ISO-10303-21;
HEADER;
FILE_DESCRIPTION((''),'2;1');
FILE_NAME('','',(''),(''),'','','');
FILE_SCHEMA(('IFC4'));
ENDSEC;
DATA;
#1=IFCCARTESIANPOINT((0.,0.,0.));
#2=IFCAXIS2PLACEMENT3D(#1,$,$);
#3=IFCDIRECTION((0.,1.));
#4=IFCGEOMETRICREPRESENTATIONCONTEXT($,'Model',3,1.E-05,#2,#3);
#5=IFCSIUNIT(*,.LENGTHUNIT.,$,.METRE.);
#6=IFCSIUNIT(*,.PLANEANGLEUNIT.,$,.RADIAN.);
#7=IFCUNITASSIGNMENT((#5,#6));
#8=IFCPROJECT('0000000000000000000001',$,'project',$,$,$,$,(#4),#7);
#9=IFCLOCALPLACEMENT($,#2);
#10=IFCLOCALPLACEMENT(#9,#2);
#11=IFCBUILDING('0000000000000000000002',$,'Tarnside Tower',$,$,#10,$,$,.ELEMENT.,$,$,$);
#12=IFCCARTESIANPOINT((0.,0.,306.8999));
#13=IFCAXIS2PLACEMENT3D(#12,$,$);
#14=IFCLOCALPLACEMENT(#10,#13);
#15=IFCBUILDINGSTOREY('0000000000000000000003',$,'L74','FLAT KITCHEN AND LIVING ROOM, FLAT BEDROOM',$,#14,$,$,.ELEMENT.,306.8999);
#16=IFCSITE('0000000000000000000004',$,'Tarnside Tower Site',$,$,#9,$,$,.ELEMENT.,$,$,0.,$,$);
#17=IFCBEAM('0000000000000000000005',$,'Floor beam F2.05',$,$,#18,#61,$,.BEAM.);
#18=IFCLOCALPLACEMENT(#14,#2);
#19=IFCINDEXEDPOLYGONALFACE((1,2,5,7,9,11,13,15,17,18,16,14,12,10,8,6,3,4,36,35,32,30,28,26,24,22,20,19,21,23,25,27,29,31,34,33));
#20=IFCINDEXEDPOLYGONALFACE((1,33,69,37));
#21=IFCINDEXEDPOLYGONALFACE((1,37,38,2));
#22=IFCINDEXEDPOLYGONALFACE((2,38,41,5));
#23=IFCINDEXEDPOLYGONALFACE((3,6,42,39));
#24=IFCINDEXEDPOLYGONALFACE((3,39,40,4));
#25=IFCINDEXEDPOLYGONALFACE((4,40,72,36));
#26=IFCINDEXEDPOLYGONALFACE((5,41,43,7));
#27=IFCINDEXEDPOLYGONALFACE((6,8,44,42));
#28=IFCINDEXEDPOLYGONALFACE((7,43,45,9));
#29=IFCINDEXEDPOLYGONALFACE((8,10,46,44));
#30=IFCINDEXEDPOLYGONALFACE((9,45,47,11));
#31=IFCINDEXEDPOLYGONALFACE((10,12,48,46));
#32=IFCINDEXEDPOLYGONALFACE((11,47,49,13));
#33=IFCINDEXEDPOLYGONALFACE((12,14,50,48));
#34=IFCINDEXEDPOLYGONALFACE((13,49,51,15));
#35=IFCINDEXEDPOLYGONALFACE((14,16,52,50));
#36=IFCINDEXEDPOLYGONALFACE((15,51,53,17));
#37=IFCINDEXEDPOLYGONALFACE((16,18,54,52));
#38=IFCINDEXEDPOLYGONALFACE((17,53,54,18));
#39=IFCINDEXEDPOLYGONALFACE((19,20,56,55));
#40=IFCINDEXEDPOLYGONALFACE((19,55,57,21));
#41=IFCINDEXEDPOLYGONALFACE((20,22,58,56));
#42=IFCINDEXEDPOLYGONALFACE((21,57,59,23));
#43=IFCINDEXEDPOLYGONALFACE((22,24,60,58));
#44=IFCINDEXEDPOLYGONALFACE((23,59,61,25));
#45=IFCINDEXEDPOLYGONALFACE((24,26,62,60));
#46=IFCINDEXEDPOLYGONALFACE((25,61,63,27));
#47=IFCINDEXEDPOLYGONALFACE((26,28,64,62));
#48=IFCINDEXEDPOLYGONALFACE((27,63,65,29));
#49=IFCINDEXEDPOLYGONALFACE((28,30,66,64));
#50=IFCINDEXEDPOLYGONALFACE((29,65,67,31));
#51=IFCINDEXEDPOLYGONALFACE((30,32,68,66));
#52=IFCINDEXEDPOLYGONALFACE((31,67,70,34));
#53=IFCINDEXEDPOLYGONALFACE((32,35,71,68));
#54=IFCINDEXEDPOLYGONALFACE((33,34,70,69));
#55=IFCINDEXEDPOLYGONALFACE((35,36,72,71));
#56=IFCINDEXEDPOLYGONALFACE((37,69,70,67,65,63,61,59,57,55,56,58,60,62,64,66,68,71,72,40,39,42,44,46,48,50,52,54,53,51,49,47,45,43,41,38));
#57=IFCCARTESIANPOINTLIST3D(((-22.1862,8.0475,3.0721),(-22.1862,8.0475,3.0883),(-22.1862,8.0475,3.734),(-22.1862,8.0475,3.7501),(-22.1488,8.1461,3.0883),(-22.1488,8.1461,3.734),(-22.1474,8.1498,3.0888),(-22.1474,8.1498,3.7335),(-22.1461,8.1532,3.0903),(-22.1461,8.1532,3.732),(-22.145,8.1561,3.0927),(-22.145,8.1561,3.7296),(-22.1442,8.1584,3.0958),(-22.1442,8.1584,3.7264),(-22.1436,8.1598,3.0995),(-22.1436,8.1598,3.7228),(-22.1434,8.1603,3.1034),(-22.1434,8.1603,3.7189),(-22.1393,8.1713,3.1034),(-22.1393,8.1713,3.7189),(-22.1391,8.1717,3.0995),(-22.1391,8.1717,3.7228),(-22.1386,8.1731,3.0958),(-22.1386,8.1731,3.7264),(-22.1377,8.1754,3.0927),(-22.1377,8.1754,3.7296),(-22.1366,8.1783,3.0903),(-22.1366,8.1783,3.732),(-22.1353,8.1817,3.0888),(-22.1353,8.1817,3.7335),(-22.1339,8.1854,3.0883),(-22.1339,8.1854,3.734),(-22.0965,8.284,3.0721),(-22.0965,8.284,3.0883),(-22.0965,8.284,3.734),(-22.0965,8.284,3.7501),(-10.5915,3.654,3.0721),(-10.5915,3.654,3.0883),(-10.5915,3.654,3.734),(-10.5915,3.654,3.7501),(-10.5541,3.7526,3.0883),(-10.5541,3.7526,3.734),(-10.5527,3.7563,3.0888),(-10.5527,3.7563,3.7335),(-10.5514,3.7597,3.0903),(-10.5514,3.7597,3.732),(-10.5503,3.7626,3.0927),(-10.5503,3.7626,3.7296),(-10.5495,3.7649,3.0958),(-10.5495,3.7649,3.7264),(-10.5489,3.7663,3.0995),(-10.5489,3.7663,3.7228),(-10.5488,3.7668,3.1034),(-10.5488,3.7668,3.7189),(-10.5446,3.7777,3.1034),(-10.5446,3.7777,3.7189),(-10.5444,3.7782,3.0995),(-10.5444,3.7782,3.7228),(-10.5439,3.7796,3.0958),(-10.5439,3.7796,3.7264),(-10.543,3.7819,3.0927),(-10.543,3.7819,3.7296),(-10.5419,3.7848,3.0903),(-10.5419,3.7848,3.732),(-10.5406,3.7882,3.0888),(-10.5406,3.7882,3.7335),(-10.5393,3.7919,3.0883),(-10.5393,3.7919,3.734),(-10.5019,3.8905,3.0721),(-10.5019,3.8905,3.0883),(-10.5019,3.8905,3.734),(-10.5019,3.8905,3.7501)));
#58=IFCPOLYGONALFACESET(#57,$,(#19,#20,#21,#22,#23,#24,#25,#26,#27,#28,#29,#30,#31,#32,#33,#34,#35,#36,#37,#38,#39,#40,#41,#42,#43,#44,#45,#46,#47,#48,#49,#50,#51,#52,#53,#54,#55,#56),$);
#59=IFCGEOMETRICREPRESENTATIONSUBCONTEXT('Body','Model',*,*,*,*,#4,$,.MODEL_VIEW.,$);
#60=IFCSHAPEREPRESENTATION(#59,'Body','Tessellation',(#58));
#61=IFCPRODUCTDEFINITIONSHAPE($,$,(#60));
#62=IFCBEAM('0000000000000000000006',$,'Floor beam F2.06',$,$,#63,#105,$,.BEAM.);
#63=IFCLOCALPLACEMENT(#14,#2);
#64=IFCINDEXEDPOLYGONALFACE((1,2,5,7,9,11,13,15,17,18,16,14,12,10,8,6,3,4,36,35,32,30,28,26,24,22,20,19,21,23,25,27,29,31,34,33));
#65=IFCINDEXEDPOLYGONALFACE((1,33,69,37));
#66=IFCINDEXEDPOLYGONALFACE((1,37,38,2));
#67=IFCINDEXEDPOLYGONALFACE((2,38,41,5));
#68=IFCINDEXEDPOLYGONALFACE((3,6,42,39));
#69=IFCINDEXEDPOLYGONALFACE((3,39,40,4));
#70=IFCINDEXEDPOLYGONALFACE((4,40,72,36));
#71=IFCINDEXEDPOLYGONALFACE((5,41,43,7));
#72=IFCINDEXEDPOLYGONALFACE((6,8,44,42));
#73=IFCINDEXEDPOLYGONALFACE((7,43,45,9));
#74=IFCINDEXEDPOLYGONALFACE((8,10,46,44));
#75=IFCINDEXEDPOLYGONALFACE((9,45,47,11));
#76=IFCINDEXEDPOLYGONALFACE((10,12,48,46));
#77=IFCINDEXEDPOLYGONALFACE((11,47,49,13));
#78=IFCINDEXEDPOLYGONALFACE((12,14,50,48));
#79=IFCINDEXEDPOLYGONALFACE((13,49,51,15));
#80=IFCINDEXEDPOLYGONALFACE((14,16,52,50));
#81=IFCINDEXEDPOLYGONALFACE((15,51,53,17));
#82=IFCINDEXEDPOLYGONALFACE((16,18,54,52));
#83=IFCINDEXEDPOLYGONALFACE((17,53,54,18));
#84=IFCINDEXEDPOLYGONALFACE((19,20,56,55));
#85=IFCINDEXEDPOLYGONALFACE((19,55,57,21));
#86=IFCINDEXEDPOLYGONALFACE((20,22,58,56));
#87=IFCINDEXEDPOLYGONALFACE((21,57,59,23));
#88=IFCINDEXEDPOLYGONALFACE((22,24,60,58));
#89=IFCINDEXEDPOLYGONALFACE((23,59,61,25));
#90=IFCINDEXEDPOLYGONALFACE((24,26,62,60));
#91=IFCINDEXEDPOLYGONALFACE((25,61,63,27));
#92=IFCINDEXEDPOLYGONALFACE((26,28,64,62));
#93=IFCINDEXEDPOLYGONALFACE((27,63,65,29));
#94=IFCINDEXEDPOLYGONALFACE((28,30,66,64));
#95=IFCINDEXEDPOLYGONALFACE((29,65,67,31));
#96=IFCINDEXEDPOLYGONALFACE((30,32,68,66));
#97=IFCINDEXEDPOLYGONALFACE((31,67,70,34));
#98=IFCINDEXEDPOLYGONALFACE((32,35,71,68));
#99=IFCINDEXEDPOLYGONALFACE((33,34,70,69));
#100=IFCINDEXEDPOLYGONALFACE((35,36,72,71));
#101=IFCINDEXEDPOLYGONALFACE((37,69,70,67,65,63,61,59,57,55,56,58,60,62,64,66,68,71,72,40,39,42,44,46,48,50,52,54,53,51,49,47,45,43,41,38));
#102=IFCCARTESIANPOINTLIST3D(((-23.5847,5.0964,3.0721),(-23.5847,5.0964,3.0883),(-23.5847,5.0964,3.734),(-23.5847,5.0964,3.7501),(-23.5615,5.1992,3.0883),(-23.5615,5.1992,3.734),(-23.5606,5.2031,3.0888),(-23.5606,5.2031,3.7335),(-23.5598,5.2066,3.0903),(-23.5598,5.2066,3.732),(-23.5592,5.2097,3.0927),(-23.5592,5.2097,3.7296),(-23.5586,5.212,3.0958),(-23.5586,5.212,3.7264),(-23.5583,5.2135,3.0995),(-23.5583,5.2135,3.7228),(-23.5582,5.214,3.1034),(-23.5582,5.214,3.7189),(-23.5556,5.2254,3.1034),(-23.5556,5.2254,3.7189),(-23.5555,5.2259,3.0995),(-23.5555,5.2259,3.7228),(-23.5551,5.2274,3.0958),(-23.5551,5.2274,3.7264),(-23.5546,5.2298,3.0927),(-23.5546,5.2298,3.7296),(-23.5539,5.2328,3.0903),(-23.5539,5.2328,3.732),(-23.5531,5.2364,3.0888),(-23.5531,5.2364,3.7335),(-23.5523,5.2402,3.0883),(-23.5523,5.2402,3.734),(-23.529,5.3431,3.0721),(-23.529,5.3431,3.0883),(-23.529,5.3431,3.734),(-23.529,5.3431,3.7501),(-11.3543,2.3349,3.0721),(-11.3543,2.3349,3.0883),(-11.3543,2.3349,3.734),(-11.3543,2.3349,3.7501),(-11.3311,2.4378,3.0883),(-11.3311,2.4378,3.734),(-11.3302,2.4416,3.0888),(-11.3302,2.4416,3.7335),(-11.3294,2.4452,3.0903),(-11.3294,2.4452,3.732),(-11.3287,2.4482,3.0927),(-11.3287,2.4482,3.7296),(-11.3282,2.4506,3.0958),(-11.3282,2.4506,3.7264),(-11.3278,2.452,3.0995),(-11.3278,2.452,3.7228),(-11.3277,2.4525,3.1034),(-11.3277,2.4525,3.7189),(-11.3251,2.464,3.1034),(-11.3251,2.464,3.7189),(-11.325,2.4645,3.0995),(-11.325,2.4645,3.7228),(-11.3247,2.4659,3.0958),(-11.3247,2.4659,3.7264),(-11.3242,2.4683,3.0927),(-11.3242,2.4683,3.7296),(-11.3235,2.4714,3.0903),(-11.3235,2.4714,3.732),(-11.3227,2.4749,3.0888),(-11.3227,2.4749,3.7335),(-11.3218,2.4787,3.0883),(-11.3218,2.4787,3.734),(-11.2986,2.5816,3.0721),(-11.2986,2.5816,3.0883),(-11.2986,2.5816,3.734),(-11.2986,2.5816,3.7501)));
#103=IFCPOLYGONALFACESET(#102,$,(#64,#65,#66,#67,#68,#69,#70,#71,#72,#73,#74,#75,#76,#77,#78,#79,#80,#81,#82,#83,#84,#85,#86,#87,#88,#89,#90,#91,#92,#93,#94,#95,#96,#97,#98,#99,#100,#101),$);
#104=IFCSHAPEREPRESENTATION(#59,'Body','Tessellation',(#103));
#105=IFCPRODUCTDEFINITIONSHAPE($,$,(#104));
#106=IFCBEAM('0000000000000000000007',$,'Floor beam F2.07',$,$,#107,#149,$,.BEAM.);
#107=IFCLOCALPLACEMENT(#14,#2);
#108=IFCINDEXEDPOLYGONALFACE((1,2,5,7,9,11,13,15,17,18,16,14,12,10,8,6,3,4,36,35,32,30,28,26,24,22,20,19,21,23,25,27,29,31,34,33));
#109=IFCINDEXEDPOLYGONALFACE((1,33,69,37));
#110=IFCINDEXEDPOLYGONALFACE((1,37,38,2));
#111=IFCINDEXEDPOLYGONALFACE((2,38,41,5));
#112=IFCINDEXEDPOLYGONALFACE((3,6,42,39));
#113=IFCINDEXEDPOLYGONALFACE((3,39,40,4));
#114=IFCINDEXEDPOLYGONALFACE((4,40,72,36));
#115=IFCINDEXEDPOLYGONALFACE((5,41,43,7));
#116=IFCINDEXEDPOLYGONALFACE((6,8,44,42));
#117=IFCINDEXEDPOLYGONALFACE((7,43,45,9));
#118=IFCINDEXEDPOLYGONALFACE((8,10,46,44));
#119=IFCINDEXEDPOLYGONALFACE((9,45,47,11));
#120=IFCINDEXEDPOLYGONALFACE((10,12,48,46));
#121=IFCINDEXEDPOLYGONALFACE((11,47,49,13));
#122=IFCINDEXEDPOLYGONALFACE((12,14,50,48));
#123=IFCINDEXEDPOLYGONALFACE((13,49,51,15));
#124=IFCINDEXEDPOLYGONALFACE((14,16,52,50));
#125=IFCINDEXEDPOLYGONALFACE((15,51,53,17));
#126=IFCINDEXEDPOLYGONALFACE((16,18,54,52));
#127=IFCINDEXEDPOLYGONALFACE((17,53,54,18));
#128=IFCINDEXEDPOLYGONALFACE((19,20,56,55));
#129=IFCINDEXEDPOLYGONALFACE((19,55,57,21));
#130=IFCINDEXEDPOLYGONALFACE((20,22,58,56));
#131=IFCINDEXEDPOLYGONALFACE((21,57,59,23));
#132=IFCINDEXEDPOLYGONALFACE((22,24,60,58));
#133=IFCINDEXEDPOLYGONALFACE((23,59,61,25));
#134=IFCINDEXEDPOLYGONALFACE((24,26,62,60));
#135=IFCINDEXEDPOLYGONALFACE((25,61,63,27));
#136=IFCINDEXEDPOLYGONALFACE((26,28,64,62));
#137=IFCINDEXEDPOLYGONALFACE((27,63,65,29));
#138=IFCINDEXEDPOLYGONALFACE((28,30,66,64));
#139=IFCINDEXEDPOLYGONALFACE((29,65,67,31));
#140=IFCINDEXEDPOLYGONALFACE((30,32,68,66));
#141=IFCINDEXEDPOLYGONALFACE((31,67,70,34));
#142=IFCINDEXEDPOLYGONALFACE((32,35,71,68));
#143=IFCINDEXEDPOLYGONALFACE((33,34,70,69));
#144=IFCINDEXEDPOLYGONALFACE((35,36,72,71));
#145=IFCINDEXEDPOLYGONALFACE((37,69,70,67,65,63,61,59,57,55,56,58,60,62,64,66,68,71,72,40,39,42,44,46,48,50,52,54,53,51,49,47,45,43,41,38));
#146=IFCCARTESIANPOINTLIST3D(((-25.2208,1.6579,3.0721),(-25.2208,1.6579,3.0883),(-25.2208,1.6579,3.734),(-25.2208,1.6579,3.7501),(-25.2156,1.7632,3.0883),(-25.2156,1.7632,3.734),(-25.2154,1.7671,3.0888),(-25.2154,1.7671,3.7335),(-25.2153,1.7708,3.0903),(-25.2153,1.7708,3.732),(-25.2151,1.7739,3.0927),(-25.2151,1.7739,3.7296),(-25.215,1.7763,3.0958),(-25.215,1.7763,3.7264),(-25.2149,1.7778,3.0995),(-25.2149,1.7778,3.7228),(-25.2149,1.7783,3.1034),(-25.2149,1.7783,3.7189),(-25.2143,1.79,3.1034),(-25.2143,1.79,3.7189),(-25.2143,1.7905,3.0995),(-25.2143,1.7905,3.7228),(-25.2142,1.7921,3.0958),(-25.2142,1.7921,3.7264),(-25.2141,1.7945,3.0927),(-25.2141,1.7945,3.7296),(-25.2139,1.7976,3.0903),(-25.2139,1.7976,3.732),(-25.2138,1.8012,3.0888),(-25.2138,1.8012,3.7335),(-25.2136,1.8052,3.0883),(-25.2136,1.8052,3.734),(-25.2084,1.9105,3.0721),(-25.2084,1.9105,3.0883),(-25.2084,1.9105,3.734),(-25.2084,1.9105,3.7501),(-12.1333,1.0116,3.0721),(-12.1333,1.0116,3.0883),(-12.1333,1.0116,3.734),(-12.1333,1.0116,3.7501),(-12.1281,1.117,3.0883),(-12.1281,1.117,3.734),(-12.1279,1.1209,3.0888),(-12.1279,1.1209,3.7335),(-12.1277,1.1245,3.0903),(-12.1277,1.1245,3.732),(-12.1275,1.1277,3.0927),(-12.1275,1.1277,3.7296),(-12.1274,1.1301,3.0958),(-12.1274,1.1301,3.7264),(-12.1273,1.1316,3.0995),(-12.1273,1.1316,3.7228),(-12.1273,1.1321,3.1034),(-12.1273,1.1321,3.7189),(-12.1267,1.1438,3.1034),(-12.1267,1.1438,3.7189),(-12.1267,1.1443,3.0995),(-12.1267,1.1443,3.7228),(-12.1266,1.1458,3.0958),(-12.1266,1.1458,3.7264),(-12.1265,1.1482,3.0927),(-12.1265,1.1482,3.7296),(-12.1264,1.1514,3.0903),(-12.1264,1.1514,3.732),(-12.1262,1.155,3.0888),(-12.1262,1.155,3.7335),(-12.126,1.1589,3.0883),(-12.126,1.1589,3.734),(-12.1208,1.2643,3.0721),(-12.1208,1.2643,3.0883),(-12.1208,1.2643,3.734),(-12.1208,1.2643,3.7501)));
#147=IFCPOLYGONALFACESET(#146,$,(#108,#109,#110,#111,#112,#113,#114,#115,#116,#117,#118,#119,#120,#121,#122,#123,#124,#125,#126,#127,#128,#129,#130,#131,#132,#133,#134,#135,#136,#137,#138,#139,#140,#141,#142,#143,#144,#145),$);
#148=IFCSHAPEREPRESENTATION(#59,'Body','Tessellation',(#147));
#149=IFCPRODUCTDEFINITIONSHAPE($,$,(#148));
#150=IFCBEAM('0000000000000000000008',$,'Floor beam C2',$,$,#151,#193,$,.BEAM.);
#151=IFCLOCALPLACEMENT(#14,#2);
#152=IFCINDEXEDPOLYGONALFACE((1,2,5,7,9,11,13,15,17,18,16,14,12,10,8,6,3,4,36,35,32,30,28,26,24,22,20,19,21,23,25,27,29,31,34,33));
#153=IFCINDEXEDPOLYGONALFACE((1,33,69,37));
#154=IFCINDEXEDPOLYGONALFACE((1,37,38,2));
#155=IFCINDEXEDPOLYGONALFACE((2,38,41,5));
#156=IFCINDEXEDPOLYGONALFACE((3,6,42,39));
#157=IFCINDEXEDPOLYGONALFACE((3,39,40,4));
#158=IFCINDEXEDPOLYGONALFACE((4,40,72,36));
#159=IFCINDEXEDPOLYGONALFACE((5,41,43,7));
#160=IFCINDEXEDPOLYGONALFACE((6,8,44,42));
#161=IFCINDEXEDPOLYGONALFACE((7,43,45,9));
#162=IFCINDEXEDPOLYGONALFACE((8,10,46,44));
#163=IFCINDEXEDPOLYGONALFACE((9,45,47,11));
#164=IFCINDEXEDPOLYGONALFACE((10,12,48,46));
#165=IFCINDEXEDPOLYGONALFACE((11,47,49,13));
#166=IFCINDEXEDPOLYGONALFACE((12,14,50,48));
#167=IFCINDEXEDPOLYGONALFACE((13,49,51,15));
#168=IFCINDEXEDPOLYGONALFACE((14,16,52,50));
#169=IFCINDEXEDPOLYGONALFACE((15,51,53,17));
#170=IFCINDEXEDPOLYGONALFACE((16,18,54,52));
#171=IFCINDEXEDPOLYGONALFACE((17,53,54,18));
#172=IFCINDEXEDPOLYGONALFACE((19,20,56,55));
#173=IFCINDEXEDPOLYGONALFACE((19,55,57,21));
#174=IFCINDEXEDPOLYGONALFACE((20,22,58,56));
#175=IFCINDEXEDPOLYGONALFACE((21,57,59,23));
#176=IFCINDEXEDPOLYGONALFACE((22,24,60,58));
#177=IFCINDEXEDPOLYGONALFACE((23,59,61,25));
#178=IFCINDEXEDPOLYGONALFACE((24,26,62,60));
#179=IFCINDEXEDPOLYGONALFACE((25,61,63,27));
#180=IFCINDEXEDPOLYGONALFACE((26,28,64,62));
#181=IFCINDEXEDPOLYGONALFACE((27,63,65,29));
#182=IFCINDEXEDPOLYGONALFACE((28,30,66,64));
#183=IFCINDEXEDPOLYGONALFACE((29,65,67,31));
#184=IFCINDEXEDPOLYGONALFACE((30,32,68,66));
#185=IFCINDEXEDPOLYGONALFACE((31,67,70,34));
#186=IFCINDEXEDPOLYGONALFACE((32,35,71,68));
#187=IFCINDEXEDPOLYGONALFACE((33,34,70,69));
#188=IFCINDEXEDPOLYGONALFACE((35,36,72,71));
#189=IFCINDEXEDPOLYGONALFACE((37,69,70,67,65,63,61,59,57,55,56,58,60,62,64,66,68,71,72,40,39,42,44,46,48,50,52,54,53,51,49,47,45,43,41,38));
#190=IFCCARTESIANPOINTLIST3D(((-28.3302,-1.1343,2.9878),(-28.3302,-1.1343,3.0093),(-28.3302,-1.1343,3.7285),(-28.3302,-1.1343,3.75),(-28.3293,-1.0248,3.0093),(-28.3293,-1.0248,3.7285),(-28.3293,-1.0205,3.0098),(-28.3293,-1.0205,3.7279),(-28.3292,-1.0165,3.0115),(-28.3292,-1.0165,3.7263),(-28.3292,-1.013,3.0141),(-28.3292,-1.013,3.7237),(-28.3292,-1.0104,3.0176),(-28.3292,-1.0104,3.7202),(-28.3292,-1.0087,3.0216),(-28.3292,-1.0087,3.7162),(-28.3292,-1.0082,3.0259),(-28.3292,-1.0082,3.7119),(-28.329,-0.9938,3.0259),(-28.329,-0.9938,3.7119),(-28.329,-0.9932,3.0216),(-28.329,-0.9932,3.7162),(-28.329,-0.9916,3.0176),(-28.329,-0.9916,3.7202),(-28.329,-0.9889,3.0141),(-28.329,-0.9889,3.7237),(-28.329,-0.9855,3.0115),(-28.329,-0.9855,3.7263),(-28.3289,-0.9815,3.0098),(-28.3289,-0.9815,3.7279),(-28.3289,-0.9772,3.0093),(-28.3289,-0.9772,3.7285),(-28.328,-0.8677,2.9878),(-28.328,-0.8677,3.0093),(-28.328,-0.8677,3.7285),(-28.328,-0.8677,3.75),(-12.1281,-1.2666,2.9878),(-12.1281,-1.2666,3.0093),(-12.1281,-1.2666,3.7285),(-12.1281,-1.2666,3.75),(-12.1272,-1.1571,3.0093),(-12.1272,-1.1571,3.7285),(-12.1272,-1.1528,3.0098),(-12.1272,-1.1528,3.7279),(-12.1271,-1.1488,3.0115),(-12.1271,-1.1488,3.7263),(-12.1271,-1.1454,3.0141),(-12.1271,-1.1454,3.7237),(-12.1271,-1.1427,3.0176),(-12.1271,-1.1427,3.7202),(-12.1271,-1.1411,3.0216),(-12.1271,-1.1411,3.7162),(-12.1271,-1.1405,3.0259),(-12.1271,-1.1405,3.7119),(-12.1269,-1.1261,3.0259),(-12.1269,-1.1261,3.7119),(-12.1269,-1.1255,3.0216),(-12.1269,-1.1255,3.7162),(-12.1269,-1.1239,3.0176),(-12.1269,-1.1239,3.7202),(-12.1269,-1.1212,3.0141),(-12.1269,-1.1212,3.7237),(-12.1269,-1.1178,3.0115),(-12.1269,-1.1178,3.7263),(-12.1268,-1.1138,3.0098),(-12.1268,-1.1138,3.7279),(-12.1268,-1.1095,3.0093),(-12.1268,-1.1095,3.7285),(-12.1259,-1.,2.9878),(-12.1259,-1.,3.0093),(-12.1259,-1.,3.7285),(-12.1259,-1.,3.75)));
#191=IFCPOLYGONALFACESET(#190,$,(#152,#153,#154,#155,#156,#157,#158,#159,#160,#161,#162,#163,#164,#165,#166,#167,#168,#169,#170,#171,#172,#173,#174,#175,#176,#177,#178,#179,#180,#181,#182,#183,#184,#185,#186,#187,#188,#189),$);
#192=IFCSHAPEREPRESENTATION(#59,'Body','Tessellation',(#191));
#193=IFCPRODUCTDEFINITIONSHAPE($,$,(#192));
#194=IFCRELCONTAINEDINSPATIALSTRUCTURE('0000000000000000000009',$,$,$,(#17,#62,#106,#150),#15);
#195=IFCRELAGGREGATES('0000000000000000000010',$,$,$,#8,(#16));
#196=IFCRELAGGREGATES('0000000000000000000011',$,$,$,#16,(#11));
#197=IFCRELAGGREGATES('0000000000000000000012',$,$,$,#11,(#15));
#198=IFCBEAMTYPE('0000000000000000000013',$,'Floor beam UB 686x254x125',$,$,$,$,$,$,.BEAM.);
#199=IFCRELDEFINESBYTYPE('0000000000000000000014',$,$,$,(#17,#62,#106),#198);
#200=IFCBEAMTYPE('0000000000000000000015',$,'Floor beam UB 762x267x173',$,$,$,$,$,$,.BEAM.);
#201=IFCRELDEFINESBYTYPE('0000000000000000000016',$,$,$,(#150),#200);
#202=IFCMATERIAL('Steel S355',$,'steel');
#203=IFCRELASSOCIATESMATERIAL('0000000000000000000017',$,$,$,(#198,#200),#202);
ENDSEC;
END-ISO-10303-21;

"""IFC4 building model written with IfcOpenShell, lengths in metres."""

from ifc_helpers import new_model, si_unit, direction, frame, origin, origin_2d, place, context, subcontext, project, spatial, i_section, extrude, material, material_profile, profile_set, type_object, element, save


model = new_model("IFC4")

# Units and contexts
model_context = context("Model", 3, precision=1e-05, world=origin(), true_north=direction((0.0, 1.0)))
body_context = subcontext(model_context, "Body", "Model", "MODEL_VIEW")
ifc_project = project(units=[si_unit("LENGTHUNIT", "METRE"), si_unit("PLANEANGLEUNIT", "RADIAN")], contexts=[model_context])

# Site, building, storey
site_placement = place(None, origin())
site = spatial("IfcSite", under=ifc_project, at=site_placement, Name="Tarnside Tower Site", CompositionType="ELEMENT", RefElevation=0.0)
building_placement = place(site_placement, origin())
building = spatial("IfcBuilding", under=site, at=building_placement, Name="Tarnside Tower", CompositionType="ELEMENT")
storey_placement = place(building_placement, frame((0.0, 0.0, 306.8999)))
storey = spatial("IfcBuildingStorey", under=building, at=storey_placement, Name="L74", Description="FLAT KITCHEN AND LIVING ROOM, FLAT BEDROOM", CompositionType="ELEMENT", Elevation=306.8999)

# Beams
ifc_material_1 = material(Name="Steel S355", Category="steel")
ifc_material_profile_1 = material_profile(ifc_material_1, i_section(OverallWidth=0.2529, OverallDepth=0.678, WebThickness=0.0117, FlangeThickness=0.0161, FilletRadius=0.0151, at=origin_2d()), Name="UB 686x254x125")
ifc_profile_set_1 = profile_set([ifc_material_profile_1], Name="Steel S355")
beam_type_1 = type_object("IfcBeamType", Name="Floor beam UB 686x254x125", PredefinedType="BEAM", material=ifc_profile_set_1)
beam_1_placement = place(storey_placement, frame((-22.1414, 8.1658, 3.4111), z_axis=(0.935116, -0.354341, 0.0), x_axis=(0.354341, 0.935116, 0.0)))
element("IfcBeam", 1, at=beam_1_placement, inside=storey, type_object=beam_type_1, Name="Floor beam F2.05", PredefinedType="BEAM", context=body_context, shape_type="SweptSolid", body=[
    extrude(i_section(OverallWidth=0.2529, OverallDepth=0.678, WebThickness=0.0117, FlangeThickness=0.0161, FilletRadius=0.0151, at=origin_2d()), origin(), (0.0, 0.0, 1.0), 12.3992),
])
beam_2_placement = place(storey_placement, frame((-23.5569, 5.2197, 3.4111), z_axis=(0.975445, -0.220242, 0.0), x_axis=(0.220242, 0.975445, 0.0)))
element("IfcBeam", 2, at=beam_2_placement, inside=storey, type_object=beam_type_1, Name="Floor beam F2.06", PredefinedType="BEAM", context=body_context, shape_type="SweptSolid", body=[
    extrude(i_section(OverallWidth=0.2529, OverallDepth=0.678, WebThickness=0.0117, FlangeThickness=0.0161, FilletRadius=0.0151, at=origin_2d()), origin(), (0.0, 0.0, 1.0), 12.5383),
])
beam_3_placement = place(storey_placement, frame((-25.2146, 1.7842, 3.4111), z_axis=(0.998783, -0.049318, 0.0), x_axis=(0.049318, 0.998783, 0.0)))
element("IfcBeam", 3, at=beam_3_placement, inside=storey, type_object=beam_type_1, Name="Floor beam F2.07", PredefinedType="BEAM", context=body_context, shape_type="SweptSolid", body=[
    extrude(i_section(OverallWidth=0.2529, OverallDepth=0.678, WebThickness=0.0117, FlangeThickness=0.0161, FilletRadius=0.0151, at=origin_2d()), origin(), (0.0, 0.0, 1.0), 13.1035),
])
ifc_material_profile_2 = material_profile(ifc_material_1, i_section(OverallWidth=0.2666, OverallDepth=0.7622, WebThickness=0.0144, FlangeThickness=0.0215, FilletRadius=0.0166, at=origin_2d()), Name="UB 762x267x173")
ifc_profile_set_2 = profile_set([ifc_material_profile_2], Name="Steel S355")
beam_type_2 = type_object("IfcBeamType", Name="Floor beam UB 762x267x173", PredefinedType="BEAM", material=ifc_profile_set_2)
beam_4_placement = place(storey_placement, frame((-28.3291, -1.001, 3.3689), z_axis=(0.999967, -0.008167, 0.0), x_axis=(0.008167, 0.999967, 0.0)))
element("IfcBeam", 4, at=beam_4_placement, inside=storey, type_object=beam_type_2, Name="Floor beam C2", PredefinedType="BEAM", context=body_context, shape_type="SweptSolid", body=[
    extrude(i_section(OverallWidth=0.2666, OverallDepth=0.7622, WebThickness=0.0144, FlangeThickness=0.0215, FilletRadius=0.0166, at=origin_2d()), origin(), (0.0, 0.0, 1.0), 16.2026),
])

save(model, "model.ifc")
